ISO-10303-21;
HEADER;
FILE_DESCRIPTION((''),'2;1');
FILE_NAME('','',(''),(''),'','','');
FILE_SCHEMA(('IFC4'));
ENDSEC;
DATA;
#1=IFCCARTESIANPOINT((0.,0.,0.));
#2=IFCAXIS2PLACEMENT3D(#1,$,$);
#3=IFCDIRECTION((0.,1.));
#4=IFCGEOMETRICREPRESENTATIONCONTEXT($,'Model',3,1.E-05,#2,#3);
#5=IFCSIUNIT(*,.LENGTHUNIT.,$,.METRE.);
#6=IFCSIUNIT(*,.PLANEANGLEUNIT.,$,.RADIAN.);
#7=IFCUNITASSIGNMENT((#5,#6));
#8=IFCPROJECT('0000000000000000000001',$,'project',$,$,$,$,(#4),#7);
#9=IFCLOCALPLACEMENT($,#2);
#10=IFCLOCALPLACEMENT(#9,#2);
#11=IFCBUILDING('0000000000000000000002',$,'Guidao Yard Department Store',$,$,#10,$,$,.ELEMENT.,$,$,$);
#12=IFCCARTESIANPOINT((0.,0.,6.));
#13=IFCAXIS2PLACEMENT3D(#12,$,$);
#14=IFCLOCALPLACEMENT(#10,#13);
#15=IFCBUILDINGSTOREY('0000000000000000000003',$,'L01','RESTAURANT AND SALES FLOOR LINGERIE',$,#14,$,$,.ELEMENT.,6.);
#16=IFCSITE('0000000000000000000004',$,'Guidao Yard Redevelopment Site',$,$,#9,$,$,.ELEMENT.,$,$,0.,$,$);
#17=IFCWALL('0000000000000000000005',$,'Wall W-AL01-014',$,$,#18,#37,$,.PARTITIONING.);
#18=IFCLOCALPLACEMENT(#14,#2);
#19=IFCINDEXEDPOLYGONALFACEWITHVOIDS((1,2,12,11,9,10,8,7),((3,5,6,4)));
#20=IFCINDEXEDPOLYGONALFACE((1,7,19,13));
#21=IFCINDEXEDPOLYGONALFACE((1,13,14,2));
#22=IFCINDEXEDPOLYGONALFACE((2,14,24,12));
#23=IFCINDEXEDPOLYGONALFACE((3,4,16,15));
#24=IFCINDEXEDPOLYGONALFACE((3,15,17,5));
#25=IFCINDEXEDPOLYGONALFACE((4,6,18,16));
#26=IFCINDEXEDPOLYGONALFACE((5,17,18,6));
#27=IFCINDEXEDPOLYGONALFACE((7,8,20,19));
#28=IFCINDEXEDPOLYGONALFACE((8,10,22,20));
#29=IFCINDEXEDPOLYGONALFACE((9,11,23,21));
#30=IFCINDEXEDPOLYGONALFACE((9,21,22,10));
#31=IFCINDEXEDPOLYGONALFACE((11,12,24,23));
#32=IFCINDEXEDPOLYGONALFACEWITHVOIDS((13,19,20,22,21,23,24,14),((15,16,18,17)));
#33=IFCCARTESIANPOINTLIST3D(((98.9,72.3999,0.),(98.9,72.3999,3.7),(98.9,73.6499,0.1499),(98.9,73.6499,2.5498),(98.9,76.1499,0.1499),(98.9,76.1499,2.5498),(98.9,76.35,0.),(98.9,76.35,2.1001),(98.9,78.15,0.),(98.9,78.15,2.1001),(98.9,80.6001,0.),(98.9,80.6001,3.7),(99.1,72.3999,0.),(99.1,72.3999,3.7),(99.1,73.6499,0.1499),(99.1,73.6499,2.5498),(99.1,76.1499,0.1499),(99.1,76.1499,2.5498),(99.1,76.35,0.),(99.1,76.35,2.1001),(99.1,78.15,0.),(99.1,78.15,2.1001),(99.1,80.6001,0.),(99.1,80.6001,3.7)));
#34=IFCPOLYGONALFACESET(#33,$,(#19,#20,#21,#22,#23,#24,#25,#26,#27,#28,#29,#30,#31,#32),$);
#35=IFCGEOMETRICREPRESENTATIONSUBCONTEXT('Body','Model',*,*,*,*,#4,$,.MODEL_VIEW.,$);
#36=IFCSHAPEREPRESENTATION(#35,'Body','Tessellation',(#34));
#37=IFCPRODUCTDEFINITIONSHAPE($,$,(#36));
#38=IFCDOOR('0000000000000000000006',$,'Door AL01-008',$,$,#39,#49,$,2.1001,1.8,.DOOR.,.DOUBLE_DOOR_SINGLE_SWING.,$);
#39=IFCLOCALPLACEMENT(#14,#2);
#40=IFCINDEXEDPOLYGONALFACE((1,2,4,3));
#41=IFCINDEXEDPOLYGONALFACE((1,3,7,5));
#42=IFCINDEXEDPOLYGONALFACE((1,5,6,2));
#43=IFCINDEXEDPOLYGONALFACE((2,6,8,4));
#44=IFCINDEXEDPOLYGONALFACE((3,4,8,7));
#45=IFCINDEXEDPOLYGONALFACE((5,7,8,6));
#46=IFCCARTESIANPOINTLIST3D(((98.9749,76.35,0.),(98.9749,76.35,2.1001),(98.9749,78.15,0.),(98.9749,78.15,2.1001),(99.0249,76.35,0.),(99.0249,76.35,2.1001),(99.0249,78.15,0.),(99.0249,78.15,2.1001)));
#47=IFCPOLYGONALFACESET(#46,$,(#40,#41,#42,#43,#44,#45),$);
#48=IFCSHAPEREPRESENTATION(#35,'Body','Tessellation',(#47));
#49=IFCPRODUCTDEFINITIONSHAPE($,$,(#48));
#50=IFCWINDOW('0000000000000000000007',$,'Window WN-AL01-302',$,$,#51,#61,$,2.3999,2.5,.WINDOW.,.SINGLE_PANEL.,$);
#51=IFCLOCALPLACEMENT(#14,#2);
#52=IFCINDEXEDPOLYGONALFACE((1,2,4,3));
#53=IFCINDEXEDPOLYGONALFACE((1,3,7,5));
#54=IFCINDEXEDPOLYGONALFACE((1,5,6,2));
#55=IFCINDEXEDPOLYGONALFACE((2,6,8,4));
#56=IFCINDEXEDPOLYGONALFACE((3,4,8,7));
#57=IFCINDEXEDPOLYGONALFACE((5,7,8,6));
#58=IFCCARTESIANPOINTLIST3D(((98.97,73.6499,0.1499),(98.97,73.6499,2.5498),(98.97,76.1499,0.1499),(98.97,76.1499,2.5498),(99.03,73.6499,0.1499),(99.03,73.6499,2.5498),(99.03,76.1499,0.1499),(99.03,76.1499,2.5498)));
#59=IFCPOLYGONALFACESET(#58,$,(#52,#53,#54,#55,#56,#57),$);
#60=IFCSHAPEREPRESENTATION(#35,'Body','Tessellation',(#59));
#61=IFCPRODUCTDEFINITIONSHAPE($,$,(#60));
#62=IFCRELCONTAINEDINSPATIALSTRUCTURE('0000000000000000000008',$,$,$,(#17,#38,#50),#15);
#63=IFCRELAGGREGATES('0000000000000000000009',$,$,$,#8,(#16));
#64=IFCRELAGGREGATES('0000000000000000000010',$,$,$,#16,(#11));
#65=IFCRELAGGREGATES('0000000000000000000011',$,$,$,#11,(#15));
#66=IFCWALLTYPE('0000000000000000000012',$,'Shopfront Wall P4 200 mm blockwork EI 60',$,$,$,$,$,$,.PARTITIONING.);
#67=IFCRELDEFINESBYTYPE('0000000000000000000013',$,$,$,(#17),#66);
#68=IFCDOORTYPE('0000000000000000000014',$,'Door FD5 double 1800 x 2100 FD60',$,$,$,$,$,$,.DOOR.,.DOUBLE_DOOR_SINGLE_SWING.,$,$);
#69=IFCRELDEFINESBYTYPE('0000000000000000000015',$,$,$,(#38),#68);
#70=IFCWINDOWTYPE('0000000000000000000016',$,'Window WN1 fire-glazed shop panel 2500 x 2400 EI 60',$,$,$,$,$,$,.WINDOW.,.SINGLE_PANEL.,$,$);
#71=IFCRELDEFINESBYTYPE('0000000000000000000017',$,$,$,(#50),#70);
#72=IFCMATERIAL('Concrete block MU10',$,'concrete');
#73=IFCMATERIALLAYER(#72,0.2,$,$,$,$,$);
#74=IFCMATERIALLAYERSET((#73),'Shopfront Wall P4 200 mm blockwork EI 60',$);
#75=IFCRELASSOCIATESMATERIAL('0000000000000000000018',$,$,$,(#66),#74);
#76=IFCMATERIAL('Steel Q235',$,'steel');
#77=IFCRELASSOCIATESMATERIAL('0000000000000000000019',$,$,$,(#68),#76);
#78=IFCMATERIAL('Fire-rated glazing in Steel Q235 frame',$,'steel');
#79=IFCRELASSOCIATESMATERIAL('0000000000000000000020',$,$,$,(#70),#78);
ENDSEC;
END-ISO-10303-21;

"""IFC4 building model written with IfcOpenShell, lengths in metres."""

from ifc_helpers import new_model, si_unit, direction, frame, frame_2d, origin, place, context, subcontext, project, spatial, rectangle, extrude, material, layer, layer_set, type_object, element, fill, save


model = new_model("IFC4")

# Units and contexts
model_context = context("Model", 3, precision=1e-05, world=origin(), true_north=direction((0.0, 1.0)))
body_context = subcontext(model_context, "Body", "Model", "MODEL_VIEW")
ifc_project = project(units=[si_unit("LENGTHUNIT", "METRE"), si_unit("PLANEANGLEUNIT", "RADIAN")], contexts=[model_context])

# Site, building, storey
site_placement = place(None, origin())
site = spatial("IfcSite", under=ifc_project, at=site_placement, Name="Guidao Yard Redevelopment Site", CompositionType="ELEMENT", RefElevation=0.0)
building_placement = place(site_placement, origin())
building = spatial("IfcBuilding", under=site, at=building_placement, Name="Guidao Yard Department Store", CompositionType="ELEMENT")
storey_placement = place(building_placement, frame((0.0, 0.0, 6.0)))
storey = spatial("IfcBuildingStorey", under=building, at=storey_placement, Name="L01", Description="RESTAURANT AND SALES FLOOR LINGERIE", CompositionType="ELEMENT", Elevation=6.0)

# Shared definitions
ifc_material_1 = material(Name="Concrete block MU10", Category="concrete")
ifc_layer_1 = layer(ifc_material_1, 0.2)
ifc_layer_set_1 = layer_set([ifc_layer_1], Name="Shopfront Wall P4 200 mm blockwork EI 60")
wall_type = type_object("IfcWallType", Name="Shopfront Wall P4 200 mm blockwork EI 60", PredefinedType="PARTITIONING", material=ifc_layer_set_1)

# Wall, openings, door, window
wall_1_placement = place(storey_placement, frame((99.0, 72.3999, 0.0), z_axis=(0.0, 0.0, 1.0), x_axis=(0.0, 1.0, 0.0)))
wall_1 = element("IfcWall", 1, at=wall_1_placement, inside=storey, type_object=wall_type, Name="Wall W-AL01-014", PredefinedType="PARTITIONING", context=body_context, shape_type="SweptSolid", body=[
    extrude(rectangle(XDim=8.2002, YDim=0.2, at=frame_2d((4.1001, 0.0))), origin(), (0.0, 0.0, 1.0), 3.7),
])
opening_1_placement = place(wall_1_placement, frame((5.75, 0.0, 0.0), z_axis=(0.0, 0.0, 1.0), x_axis=(-1.0, 0.0, 0.0)))
opening_1 = element("IfcOpeningElement", 2, at=opening_1_placement, cuts=wall_1, PredefinedType="OPENING", context=body_context, shape_type="SweptSolid", body=[
    extrude(rectangle(XDim=1.8, YDim=2.1001, at=frame_2d((0.8999, 1.05))), frame((0.0, 0.1099, 0.0), z_axis=(0.0, -1.0, 0.0), x_axis=(1.0, 0.0, 0.0)), (0.0, 0.0, 1.0), 0.22),
])
opening_2_placement = place(wall_1_placement, frame((1.25, 0.0, 0.1499)))
opening_2 = element("IfcOpeningElement", 3, at=opening_2_placement, cuts=wall_1, PredefinedType="OPENING", context=body_context, shape_type="SweptSolid", body=[
    extrude(rectangle(XDim=2.5, YDim=2.3999, at=frame_2d((1.25, 1.2))), frame((0.0, 0.1099, 0.0), z_axis=(0.0, -1.0, 0.0), x_axis=(1.0, 0.0, 0.0)), (0.0, 0.0, 1.0), 0.22),
])
ifc_material_2 = material(Name="Steel Q235", Category="steel")
door_type = type_object("IfcDoorType", Name="Door FD5 double 1800 x 2100 FD60", OperationType="DOUBLE_DOOR_SINGLE_SWING", PredefinedType="DOOR", material=ifc_material_2)
door_placement = place(opening_1_placement, origin())
door = element("IfcDoor", 4, at=door_placement, inside=storey, type_object=door_type, Name="Door AL01-008", OperationType="DOUBLE_DOOR_SINGLE_SWING", OverallHeight=2.1001, OverallWidth=1.8, PredefinedType="DOOR", context=body_context, shape_type="SweptSolid", body=[
    extrude(rectangle(XDim=1.8, YDim=2.1001, at=frame_2d((0.8999, 1.05))), frame((0.0, 0.0249, 0.0), z_axis=(0.0, -1.0, 0.0), x_axis=(1.0, 0.0, 0.0)), (0.0, 0.0, 1.0), 0.05),
])
fill(opening_1, door)
ifc_material_3 = material(Name="Fire-rated glazing in Steel Q235 frame", Category="steel")
window_type = type_object("IfcWindowType", Name="Window WN1 fire-glazed shop panel 2500 x 2400 EI 60", PartitioningType="SINGLE_PANEL", PredefinedType="WINDOW", material=ifc_material_3)
window_placement = place(opening_2_placement, origin())
window = element("IfcWindow", 5, at=window_placement, inside=storey, type_object=window_type, Name="Window WN-AL01-302", OverallHeight=2.3999, OverallWidth=2.5, PartitioningType="SINGLE_PANEL", PredefinedType="WINDOW", context=body_context, shape_type="SweptSolid", body=[
    extrude(rectangle(XDim=2.5, YDim=2.3999, at=frame_2d((1.25, 1.2))), frame((0.0, 0.03, 0.0), z_axis=(0.0, -1.0, 0.0), x_axis=(1.0, 0.0, 0.0)), (0.0, 0.0, 1.0), 0.0601),
])
fill(opening_2, window)

save(model, "model.ifc")
